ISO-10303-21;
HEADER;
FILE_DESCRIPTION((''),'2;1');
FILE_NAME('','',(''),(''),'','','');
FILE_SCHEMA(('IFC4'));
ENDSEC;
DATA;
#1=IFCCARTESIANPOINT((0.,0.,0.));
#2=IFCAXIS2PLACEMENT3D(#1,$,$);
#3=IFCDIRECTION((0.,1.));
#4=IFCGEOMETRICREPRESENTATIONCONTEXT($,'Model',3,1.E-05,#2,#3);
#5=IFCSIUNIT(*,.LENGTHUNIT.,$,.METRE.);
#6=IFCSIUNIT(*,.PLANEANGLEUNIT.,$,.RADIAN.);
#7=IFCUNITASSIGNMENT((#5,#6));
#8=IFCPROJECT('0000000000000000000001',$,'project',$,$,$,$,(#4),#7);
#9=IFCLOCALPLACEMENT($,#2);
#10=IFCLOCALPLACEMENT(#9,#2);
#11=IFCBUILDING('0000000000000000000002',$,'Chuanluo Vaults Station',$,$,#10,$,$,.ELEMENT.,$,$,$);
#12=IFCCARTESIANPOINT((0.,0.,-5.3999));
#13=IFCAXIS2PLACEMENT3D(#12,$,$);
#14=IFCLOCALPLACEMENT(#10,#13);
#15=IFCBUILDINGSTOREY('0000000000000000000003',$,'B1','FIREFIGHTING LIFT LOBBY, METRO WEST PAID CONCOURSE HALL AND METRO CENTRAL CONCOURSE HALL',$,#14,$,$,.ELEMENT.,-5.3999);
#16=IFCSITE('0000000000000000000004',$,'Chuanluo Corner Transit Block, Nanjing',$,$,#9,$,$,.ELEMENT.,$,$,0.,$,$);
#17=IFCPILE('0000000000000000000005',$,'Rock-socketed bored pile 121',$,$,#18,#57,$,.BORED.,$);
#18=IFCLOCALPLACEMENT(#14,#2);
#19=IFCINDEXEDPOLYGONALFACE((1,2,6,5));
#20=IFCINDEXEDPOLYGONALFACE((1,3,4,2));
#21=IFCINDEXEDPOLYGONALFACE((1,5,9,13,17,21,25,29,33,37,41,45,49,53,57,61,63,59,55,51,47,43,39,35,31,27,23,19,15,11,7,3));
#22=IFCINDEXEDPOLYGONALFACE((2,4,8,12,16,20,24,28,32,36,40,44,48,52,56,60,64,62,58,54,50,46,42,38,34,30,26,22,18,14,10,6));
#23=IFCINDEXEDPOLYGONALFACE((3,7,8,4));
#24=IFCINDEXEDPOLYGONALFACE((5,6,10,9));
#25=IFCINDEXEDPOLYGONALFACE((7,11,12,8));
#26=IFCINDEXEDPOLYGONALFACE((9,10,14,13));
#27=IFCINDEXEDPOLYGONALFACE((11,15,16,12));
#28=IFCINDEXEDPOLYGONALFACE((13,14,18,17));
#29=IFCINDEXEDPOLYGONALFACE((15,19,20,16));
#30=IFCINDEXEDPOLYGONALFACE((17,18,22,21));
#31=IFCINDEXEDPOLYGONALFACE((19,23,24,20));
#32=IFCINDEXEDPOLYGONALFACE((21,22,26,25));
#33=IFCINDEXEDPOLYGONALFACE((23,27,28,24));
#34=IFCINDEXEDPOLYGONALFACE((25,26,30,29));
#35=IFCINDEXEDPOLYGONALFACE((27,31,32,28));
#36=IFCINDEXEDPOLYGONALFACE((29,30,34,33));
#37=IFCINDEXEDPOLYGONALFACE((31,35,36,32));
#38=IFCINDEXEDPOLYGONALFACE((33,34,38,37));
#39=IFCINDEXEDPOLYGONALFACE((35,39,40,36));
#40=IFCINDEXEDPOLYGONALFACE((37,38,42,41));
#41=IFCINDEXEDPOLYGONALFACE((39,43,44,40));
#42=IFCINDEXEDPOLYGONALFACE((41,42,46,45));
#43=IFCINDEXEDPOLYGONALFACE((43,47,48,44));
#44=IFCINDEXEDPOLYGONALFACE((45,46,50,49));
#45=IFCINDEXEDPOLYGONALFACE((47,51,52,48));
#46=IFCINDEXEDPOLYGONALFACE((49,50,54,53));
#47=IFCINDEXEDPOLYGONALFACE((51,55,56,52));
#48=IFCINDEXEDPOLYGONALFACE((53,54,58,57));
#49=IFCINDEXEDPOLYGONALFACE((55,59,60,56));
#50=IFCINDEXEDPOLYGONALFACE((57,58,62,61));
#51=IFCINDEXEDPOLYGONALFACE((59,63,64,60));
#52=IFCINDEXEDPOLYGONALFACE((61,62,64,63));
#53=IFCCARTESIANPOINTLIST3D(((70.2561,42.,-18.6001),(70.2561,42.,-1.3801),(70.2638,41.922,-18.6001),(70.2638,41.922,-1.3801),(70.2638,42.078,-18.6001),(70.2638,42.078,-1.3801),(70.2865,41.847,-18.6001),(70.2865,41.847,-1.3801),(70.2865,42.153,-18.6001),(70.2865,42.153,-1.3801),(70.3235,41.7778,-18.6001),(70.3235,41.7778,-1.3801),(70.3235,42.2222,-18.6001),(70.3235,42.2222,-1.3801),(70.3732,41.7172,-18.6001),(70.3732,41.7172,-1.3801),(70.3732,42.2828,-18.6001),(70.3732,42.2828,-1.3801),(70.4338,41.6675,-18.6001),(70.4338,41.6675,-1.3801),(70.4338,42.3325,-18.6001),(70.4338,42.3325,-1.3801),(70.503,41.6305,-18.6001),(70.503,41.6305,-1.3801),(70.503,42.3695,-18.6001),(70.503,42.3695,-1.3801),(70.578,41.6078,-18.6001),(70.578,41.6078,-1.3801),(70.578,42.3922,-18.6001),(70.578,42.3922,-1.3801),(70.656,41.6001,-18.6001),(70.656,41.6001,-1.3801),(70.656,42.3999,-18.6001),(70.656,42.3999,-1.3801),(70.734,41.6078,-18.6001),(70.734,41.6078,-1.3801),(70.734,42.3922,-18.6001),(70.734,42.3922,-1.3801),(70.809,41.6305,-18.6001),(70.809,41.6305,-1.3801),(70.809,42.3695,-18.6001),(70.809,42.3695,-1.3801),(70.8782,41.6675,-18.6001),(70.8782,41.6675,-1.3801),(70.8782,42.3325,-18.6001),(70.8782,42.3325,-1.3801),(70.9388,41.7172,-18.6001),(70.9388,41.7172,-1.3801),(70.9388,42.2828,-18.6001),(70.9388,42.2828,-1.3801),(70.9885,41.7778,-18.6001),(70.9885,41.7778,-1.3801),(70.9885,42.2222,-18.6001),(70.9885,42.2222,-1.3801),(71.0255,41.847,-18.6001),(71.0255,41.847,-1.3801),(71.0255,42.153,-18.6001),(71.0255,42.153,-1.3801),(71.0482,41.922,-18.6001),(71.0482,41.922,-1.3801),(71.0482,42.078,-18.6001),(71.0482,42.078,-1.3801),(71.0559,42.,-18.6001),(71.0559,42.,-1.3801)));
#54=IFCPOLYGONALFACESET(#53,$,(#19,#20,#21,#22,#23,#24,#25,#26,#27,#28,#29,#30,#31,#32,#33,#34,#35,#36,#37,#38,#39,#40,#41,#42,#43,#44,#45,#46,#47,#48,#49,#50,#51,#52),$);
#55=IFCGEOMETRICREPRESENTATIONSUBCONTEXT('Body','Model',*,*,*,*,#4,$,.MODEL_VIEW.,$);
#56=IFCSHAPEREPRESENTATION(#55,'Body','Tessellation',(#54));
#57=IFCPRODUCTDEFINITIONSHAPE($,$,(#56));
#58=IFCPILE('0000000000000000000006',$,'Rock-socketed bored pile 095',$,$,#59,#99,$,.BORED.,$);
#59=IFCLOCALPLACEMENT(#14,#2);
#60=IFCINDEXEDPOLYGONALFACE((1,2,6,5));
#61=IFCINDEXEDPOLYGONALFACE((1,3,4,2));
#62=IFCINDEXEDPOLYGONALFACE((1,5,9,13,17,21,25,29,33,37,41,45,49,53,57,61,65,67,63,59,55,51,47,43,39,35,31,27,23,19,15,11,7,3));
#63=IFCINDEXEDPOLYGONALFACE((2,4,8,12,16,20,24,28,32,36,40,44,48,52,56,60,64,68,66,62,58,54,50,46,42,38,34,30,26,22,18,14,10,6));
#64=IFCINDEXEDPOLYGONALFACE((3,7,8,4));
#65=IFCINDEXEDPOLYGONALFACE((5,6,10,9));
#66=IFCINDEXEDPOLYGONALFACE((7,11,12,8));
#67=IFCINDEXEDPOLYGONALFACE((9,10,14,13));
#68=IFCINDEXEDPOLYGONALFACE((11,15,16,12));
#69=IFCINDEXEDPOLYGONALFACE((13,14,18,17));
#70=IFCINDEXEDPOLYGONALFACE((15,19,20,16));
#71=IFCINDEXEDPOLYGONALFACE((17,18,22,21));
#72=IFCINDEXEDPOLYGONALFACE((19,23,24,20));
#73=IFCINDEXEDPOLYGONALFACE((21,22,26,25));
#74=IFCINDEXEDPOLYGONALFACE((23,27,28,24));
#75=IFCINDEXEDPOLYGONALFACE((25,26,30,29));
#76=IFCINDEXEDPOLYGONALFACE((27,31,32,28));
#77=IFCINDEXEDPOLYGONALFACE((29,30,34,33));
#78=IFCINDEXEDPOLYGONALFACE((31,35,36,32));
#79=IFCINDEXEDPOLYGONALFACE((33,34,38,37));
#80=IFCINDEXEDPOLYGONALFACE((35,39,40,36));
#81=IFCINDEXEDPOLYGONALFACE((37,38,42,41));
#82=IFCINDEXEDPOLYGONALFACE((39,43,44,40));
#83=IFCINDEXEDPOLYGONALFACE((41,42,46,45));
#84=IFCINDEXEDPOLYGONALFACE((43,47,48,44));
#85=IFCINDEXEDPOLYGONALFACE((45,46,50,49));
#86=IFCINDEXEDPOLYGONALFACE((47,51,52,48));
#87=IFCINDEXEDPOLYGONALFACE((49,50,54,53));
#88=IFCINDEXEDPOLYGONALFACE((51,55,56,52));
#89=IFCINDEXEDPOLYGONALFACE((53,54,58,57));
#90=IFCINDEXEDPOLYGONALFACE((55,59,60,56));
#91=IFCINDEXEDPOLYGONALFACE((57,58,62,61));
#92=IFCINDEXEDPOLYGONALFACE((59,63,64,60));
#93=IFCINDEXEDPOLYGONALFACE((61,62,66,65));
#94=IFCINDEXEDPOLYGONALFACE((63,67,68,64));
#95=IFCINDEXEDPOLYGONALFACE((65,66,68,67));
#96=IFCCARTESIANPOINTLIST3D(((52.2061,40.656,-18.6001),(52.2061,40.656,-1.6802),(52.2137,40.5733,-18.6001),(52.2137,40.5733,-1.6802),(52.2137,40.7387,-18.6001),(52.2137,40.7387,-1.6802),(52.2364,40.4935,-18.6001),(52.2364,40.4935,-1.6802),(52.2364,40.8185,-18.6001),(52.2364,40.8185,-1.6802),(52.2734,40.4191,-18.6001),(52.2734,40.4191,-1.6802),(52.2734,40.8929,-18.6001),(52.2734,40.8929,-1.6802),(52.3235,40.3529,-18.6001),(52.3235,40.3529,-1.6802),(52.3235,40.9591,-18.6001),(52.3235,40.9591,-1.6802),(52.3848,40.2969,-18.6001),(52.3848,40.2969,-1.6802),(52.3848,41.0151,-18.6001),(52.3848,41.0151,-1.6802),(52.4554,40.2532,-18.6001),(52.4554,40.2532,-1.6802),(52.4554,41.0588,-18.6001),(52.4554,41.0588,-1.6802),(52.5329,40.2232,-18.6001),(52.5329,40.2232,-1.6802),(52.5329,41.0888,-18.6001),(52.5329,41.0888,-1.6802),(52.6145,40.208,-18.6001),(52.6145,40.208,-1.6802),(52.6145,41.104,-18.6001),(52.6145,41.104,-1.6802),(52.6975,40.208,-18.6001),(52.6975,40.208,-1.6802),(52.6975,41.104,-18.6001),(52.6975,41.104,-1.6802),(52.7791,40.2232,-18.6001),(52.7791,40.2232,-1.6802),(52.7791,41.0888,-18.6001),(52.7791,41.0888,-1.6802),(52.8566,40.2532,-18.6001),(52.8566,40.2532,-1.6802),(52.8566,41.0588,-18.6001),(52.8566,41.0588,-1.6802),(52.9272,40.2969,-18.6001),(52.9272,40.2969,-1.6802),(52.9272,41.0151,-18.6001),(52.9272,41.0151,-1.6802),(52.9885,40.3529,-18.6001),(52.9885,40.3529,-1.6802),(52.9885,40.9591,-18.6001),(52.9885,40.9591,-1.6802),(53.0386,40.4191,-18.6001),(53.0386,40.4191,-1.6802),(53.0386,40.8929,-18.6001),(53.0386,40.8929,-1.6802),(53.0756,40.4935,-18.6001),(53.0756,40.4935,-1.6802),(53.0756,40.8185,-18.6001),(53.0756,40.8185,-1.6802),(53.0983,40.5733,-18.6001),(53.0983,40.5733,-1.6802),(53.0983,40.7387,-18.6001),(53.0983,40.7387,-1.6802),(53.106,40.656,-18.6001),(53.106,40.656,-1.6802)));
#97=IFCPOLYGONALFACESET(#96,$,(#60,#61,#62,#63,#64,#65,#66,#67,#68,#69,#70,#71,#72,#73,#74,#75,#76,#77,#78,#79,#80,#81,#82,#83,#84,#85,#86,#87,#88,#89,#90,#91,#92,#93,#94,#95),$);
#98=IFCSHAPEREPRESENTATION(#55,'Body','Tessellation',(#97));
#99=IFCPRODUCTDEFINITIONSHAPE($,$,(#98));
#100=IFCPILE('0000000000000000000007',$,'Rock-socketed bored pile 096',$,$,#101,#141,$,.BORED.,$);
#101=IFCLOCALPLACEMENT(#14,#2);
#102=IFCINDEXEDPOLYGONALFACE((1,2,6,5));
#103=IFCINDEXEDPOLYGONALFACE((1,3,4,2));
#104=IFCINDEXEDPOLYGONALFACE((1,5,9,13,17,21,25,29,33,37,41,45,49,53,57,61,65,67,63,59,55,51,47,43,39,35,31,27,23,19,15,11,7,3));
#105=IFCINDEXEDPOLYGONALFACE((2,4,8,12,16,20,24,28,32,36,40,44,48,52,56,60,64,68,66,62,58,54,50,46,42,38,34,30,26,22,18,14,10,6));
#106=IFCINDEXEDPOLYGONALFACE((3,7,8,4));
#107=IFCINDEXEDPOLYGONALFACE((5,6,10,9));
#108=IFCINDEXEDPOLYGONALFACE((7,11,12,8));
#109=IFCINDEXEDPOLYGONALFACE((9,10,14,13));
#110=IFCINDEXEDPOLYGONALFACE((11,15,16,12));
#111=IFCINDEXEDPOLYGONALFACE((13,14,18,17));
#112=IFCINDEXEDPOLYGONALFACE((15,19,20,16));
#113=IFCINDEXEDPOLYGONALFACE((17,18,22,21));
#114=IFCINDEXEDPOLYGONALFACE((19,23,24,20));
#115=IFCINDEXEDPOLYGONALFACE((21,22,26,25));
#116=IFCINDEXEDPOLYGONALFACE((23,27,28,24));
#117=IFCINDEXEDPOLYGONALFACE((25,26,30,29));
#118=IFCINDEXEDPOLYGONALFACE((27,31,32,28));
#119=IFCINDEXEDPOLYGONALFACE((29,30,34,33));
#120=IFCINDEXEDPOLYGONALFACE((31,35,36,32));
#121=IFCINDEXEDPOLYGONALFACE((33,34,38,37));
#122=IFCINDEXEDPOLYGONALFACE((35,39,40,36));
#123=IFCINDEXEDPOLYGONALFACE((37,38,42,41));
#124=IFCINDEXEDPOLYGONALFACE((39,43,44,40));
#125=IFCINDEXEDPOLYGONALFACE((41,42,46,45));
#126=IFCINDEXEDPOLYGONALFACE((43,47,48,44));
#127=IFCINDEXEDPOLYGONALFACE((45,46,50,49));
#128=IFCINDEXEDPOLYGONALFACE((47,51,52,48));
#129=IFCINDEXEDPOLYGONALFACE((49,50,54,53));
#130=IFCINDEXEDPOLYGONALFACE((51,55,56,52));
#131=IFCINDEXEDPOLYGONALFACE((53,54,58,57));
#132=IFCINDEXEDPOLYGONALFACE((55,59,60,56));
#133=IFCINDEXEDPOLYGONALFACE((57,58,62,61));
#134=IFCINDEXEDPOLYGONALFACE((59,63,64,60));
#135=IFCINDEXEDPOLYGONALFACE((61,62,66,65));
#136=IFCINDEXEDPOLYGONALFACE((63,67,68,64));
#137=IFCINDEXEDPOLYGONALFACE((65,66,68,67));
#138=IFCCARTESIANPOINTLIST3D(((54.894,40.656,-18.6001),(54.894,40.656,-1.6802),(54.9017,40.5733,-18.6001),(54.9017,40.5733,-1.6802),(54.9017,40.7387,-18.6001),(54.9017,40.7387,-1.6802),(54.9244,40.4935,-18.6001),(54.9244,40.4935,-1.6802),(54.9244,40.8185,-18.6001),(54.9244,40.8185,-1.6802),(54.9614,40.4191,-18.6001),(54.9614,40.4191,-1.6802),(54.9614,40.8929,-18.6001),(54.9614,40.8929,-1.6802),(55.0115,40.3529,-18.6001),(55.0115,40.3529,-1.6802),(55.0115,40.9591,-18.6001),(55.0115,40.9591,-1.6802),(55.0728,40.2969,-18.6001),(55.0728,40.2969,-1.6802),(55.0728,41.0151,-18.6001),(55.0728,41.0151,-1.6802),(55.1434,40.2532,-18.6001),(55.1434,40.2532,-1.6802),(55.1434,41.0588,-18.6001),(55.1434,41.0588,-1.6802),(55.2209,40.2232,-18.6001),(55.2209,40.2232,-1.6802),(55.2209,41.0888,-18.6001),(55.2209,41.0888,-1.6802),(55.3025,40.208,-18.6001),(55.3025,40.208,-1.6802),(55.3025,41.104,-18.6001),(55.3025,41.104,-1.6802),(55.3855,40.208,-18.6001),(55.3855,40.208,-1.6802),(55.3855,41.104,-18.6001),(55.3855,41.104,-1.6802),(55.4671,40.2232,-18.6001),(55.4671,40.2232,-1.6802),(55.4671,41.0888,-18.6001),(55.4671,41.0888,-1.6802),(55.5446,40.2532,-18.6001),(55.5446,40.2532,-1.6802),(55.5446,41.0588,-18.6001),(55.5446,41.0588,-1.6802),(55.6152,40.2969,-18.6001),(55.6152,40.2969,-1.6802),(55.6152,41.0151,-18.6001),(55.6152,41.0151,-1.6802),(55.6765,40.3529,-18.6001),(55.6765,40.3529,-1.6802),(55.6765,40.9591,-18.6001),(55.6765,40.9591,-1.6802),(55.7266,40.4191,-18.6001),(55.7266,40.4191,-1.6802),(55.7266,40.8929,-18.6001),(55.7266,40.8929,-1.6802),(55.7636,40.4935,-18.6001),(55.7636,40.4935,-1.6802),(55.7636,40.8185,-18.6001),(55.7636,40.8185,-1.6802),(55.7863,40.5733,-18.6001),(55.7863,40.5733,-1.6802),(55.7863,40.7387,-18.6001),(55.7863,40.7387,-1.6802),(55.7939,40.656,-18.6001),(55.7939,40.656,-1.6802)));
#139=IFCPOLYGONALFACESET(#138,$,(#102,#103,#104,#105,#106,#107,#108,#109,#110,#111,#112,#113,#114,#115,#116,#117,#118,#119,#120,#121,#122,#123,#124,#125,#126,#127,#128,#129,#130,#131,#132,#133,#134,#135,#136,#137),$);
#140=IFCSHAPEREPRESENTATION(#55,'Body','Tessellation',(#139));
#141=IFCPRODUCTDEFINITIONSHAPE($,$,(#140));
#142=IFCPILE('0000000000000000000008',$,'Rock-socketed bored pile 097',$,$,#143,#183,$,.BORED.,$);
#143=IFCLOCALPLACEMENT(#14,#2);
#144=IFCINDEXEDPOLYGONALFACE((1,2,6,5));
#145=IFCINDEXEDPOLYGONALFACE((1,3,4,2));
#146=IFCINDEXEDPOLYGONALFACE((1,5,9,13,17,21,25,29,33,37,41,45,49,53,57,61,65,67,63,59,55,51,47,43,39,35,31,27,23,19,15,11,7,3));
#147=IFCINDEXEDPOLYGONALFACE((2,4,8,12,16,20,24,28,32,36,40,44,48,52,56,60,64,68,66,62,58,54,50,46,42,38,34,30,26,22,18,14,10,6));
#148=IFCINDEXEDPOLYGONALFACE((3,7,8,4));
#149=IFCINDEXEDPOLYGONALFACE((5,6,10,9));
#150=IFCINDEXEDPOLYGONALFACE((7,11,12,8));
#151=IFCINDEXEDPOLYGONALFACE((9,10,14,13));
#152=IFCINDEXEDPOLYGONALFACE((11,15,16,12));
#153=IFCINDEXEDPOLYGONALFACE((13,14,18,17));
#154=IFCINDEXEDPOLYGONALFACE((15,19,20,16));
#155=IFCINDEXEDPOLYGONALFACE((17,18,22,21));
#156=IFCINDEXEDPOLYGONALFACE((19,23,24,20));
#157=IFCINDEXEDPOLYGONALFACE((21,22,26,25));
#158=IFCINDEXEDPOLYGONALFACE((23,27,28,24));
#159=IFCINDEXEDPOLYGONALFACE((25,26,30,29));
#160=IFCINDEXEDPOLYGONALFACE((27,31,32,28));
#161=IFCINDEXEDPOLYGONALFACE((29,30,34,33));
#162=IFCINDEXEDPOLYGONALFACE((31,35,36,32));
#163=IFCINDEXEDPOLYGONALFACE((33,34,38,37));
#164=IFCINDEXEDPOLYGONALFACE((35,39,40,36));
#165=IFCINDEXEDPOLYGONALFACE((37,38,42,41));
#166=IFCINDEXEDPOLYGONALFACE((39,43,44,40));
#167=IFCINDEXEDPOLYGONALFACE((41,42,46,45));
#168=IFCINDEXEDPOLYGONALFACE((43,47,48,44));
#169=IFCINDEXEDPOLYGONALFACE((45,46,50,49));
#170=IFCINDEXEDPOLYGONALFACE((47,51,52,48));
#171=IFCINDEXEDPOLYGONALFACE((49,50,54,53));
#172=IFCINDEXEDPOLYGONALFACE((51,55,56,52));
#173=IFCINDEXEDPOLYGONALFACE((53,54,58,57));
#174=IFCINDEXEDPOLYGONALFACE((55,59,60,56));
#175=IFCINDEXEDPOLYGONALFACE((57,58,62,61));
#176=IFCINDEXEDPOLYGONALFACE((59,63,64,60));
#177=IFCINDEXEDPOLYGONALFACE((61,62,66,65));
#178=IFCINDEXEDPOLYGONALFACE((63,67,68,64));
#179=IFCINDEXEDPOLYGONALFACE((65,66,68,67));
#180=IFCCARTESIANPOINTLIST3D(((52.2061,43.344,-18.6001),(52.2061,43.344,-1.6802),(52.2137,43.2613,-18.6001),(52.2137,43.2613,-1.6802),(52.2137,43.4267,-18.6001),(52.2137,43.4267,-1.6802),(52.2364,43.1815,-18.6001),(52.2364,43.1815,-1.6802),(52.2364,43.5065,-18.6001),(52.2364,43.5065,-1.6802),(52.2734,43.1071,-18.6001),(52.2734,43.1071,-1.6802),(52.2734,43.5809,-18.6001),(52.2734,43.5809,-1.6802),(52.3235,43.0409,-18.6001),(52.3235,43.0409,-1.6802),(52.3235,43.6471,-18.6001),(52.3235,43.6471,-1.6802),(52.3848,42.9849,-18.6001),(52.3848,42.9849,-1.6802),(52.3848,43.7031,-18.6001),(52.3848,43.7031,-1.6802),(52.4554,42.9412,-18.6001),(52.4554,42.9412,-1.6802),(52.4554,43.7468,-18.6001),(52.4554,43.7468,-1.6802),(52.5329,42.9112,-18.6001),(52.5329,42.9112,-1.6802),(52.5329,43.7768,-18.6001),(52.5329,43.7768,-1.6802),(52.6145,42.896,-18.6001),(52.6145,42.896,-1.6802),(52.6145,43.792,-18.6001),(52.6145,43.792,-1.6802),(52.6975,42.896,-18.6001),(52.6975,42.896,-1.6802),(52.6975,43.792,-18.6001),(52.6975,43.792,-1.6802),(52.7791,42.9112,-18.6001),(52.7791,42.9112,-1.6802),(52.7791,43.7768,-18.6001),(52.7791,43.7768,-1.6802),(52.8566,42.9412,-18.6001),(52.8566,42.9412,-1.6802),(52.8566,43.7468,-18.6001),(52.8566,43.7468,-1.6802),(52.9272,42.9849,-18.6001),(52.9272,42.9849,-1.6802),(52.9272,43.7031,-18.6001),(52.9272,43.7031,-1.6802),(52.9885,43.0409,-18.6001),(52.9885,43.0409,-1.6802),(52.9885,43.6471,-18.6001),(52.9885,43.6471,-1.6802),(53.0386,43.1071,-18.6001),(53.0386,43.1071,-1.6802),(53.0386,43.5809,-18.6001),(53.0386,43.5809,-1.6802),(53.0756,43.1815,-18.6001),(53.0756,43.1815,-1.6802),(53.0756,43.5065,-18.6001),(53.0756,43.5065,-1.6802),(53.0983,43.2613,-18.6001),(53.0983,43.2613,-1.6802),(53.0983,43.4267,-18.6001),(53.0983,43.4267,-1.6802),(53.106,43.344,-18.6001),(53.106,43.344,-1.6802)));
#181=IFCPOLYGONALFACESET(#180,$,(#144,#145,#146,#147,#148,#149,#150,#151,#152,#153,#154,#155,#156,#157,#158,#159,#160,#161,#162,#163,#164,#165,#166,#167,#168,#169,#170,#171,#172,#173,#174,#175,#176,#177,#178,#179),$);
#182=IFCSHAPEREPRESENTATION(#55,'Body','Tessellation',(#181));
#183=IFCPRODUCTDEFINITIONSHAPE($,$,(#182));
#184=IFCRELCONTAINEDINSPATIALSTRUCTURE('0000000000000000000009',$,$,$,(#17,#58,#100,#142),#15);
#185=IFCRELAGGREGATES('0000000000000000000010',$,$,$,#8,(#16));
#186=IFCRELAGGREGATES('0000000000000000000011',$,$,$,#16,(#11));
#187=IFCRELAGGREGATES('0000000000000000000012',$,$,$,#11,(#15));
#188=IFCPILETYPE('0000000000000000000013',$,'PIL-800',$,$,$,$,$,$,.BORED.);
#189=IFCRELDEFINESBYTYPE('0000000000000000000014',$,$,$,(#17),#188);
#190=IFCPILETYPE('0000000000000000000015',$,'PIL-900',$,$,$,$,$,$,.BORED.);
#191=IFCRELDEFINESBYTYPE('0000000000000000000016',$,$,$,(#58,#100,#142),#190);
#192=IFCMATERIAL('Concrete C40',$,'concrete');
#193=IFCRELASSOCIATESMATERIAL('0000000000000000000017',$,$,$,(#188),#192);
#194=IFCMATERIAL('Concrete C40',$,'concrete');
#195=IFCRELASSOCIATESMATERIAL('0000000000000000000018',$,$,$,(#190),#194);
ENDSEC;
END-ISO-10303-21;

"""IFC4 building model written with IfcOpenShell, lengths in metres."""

from ifc_helpers import new_model, si_unit, direction, frame, origin, origin_2d, place, context, subcontext, project, spatial, circle, extrude, material, material_profile, profile_set, type_object, element, save


model = new_model("IFC4")

# Units and contexts
model_context = context("Model", 3, precision=1e-05, world=origin(), true_north=direction((0.0, 1.0)))
body_context = subcontext(model_context, "Body", "Model", "MODEL_VIEW")
ifc_project = project(units=[si_unit("LENGTHUNIT", "METRE"), si_unit("PLANEANGLEUNIT", "RADIAN")], contexts=[model_context])

# Site, building, storey
site_placement = place(None, origin())
site = spatial("IfcSite", under=ifc_project, at=site_placement, Name="Chuanluo Corner Transit Block, Nanjing", CompositionType="ELEMENT", RefElevation=0.0)
building_placement = place(site_placement, origin())
building = spatial("IfcBuilding", under=site, at=building_placement, Name="Chuanluo Vaults Station", CompositionType="ELEMENT")
storey_placement = place(building_placement, frame((0.0, 0.0, -5.3999)))
storey = spatial("IfcBuildingStorey", under=building, at=storey_placement, Name="B1", Description="FIREFIGHTING LIFT LOBBY, METRO WEST PAID CONCOURSE HALL AND METRO CENTRAL CONCOURSE HALL", CompositionType="ELEMENT", Elevation=-5.3999)

# Piles
ifc_material_1 = material(Name="Concrete C40", Category="concrete")
ifc_material_profile_1 = material_profile(ifc_material_1, circle(Radius=0.3999, at=origin_2d()))
ifc_profile_set_1 = profile_set([ifc_material_profile_1], Name="Concrete C40")
pile_type_1 = type_object("IfcPileType", Name="PIL-800", PredefinedType="BORED", material=ifc_profile_set_1)
for number, where, z_axis, x_axis, name in (
    (1, (70.656, 42.0, -1.3801), (0.0, 0.0, -1.0), (1.0, 0.0, 0.0), "Rock-socketed bored pile 121"),
):
    element("IfcPile", number, at=place(storey_placement, frame(where, z_axis=z_axis, x_axis=x_axis)), inside=storey, type_object=pile_type_1, Name=name, PredefinedType="BORED", context=body_context, shape_type="SweptSolid", body=[
        extrude(circle(Radius=0.3999, at=origin_2d()), origin(), (0.0, 0.0, 1.0), 17.22),
    ])
ifc_material_2 = material(Name="Concrete C40", Category="concrete")
ifc_material_profile_2 = material_profile(ifc_material_2, circle(Radius=0.45, at=origin_2d()))
ifc_profile_set_2 = profile_set([ifc_material_profile_2], Name="Concrete C40")
pile_type_2 = type_object("IfcPileType", Name="PIL-900", PredefinedType="BORED", material=ifc_profile_set_2)
for number, where, z_axis, x_axis, name in (
    (2, (52.656, 40.656, -1.6802), (0.0, 0.0, -1.0), (1.0, 0.0, 0.0), "Rock-socketed bored pile 095"),
    (3, (55.344, 40.656, -1.6802), (0.0, 0.0, -1.0), (1.0, 0.0, 0.0), "Rock-socketed bored pile 096"),
    (4, (52.656, 43.344, -1.6802), (0.0, 0.0, -1.0), (1.0, 0.0, 0.0), "Rock-socketed bored pile 097"),
):
    element("IfcPile", number, at=place(storey_placement, frame(where, z_axis=z_axis, x_axis=x_axis)), inside=storey, type_object=pile_type_2, Name=name, PredefinedType="BORED", context=body_context, shape_type="SweptSolid", body=[
        extrude(circle(Radius=0.45, at=origin_2d()), origin(), (0.0, 0.0, 1.0), 16.9199),
    ])

save(model, "model.ifc")
